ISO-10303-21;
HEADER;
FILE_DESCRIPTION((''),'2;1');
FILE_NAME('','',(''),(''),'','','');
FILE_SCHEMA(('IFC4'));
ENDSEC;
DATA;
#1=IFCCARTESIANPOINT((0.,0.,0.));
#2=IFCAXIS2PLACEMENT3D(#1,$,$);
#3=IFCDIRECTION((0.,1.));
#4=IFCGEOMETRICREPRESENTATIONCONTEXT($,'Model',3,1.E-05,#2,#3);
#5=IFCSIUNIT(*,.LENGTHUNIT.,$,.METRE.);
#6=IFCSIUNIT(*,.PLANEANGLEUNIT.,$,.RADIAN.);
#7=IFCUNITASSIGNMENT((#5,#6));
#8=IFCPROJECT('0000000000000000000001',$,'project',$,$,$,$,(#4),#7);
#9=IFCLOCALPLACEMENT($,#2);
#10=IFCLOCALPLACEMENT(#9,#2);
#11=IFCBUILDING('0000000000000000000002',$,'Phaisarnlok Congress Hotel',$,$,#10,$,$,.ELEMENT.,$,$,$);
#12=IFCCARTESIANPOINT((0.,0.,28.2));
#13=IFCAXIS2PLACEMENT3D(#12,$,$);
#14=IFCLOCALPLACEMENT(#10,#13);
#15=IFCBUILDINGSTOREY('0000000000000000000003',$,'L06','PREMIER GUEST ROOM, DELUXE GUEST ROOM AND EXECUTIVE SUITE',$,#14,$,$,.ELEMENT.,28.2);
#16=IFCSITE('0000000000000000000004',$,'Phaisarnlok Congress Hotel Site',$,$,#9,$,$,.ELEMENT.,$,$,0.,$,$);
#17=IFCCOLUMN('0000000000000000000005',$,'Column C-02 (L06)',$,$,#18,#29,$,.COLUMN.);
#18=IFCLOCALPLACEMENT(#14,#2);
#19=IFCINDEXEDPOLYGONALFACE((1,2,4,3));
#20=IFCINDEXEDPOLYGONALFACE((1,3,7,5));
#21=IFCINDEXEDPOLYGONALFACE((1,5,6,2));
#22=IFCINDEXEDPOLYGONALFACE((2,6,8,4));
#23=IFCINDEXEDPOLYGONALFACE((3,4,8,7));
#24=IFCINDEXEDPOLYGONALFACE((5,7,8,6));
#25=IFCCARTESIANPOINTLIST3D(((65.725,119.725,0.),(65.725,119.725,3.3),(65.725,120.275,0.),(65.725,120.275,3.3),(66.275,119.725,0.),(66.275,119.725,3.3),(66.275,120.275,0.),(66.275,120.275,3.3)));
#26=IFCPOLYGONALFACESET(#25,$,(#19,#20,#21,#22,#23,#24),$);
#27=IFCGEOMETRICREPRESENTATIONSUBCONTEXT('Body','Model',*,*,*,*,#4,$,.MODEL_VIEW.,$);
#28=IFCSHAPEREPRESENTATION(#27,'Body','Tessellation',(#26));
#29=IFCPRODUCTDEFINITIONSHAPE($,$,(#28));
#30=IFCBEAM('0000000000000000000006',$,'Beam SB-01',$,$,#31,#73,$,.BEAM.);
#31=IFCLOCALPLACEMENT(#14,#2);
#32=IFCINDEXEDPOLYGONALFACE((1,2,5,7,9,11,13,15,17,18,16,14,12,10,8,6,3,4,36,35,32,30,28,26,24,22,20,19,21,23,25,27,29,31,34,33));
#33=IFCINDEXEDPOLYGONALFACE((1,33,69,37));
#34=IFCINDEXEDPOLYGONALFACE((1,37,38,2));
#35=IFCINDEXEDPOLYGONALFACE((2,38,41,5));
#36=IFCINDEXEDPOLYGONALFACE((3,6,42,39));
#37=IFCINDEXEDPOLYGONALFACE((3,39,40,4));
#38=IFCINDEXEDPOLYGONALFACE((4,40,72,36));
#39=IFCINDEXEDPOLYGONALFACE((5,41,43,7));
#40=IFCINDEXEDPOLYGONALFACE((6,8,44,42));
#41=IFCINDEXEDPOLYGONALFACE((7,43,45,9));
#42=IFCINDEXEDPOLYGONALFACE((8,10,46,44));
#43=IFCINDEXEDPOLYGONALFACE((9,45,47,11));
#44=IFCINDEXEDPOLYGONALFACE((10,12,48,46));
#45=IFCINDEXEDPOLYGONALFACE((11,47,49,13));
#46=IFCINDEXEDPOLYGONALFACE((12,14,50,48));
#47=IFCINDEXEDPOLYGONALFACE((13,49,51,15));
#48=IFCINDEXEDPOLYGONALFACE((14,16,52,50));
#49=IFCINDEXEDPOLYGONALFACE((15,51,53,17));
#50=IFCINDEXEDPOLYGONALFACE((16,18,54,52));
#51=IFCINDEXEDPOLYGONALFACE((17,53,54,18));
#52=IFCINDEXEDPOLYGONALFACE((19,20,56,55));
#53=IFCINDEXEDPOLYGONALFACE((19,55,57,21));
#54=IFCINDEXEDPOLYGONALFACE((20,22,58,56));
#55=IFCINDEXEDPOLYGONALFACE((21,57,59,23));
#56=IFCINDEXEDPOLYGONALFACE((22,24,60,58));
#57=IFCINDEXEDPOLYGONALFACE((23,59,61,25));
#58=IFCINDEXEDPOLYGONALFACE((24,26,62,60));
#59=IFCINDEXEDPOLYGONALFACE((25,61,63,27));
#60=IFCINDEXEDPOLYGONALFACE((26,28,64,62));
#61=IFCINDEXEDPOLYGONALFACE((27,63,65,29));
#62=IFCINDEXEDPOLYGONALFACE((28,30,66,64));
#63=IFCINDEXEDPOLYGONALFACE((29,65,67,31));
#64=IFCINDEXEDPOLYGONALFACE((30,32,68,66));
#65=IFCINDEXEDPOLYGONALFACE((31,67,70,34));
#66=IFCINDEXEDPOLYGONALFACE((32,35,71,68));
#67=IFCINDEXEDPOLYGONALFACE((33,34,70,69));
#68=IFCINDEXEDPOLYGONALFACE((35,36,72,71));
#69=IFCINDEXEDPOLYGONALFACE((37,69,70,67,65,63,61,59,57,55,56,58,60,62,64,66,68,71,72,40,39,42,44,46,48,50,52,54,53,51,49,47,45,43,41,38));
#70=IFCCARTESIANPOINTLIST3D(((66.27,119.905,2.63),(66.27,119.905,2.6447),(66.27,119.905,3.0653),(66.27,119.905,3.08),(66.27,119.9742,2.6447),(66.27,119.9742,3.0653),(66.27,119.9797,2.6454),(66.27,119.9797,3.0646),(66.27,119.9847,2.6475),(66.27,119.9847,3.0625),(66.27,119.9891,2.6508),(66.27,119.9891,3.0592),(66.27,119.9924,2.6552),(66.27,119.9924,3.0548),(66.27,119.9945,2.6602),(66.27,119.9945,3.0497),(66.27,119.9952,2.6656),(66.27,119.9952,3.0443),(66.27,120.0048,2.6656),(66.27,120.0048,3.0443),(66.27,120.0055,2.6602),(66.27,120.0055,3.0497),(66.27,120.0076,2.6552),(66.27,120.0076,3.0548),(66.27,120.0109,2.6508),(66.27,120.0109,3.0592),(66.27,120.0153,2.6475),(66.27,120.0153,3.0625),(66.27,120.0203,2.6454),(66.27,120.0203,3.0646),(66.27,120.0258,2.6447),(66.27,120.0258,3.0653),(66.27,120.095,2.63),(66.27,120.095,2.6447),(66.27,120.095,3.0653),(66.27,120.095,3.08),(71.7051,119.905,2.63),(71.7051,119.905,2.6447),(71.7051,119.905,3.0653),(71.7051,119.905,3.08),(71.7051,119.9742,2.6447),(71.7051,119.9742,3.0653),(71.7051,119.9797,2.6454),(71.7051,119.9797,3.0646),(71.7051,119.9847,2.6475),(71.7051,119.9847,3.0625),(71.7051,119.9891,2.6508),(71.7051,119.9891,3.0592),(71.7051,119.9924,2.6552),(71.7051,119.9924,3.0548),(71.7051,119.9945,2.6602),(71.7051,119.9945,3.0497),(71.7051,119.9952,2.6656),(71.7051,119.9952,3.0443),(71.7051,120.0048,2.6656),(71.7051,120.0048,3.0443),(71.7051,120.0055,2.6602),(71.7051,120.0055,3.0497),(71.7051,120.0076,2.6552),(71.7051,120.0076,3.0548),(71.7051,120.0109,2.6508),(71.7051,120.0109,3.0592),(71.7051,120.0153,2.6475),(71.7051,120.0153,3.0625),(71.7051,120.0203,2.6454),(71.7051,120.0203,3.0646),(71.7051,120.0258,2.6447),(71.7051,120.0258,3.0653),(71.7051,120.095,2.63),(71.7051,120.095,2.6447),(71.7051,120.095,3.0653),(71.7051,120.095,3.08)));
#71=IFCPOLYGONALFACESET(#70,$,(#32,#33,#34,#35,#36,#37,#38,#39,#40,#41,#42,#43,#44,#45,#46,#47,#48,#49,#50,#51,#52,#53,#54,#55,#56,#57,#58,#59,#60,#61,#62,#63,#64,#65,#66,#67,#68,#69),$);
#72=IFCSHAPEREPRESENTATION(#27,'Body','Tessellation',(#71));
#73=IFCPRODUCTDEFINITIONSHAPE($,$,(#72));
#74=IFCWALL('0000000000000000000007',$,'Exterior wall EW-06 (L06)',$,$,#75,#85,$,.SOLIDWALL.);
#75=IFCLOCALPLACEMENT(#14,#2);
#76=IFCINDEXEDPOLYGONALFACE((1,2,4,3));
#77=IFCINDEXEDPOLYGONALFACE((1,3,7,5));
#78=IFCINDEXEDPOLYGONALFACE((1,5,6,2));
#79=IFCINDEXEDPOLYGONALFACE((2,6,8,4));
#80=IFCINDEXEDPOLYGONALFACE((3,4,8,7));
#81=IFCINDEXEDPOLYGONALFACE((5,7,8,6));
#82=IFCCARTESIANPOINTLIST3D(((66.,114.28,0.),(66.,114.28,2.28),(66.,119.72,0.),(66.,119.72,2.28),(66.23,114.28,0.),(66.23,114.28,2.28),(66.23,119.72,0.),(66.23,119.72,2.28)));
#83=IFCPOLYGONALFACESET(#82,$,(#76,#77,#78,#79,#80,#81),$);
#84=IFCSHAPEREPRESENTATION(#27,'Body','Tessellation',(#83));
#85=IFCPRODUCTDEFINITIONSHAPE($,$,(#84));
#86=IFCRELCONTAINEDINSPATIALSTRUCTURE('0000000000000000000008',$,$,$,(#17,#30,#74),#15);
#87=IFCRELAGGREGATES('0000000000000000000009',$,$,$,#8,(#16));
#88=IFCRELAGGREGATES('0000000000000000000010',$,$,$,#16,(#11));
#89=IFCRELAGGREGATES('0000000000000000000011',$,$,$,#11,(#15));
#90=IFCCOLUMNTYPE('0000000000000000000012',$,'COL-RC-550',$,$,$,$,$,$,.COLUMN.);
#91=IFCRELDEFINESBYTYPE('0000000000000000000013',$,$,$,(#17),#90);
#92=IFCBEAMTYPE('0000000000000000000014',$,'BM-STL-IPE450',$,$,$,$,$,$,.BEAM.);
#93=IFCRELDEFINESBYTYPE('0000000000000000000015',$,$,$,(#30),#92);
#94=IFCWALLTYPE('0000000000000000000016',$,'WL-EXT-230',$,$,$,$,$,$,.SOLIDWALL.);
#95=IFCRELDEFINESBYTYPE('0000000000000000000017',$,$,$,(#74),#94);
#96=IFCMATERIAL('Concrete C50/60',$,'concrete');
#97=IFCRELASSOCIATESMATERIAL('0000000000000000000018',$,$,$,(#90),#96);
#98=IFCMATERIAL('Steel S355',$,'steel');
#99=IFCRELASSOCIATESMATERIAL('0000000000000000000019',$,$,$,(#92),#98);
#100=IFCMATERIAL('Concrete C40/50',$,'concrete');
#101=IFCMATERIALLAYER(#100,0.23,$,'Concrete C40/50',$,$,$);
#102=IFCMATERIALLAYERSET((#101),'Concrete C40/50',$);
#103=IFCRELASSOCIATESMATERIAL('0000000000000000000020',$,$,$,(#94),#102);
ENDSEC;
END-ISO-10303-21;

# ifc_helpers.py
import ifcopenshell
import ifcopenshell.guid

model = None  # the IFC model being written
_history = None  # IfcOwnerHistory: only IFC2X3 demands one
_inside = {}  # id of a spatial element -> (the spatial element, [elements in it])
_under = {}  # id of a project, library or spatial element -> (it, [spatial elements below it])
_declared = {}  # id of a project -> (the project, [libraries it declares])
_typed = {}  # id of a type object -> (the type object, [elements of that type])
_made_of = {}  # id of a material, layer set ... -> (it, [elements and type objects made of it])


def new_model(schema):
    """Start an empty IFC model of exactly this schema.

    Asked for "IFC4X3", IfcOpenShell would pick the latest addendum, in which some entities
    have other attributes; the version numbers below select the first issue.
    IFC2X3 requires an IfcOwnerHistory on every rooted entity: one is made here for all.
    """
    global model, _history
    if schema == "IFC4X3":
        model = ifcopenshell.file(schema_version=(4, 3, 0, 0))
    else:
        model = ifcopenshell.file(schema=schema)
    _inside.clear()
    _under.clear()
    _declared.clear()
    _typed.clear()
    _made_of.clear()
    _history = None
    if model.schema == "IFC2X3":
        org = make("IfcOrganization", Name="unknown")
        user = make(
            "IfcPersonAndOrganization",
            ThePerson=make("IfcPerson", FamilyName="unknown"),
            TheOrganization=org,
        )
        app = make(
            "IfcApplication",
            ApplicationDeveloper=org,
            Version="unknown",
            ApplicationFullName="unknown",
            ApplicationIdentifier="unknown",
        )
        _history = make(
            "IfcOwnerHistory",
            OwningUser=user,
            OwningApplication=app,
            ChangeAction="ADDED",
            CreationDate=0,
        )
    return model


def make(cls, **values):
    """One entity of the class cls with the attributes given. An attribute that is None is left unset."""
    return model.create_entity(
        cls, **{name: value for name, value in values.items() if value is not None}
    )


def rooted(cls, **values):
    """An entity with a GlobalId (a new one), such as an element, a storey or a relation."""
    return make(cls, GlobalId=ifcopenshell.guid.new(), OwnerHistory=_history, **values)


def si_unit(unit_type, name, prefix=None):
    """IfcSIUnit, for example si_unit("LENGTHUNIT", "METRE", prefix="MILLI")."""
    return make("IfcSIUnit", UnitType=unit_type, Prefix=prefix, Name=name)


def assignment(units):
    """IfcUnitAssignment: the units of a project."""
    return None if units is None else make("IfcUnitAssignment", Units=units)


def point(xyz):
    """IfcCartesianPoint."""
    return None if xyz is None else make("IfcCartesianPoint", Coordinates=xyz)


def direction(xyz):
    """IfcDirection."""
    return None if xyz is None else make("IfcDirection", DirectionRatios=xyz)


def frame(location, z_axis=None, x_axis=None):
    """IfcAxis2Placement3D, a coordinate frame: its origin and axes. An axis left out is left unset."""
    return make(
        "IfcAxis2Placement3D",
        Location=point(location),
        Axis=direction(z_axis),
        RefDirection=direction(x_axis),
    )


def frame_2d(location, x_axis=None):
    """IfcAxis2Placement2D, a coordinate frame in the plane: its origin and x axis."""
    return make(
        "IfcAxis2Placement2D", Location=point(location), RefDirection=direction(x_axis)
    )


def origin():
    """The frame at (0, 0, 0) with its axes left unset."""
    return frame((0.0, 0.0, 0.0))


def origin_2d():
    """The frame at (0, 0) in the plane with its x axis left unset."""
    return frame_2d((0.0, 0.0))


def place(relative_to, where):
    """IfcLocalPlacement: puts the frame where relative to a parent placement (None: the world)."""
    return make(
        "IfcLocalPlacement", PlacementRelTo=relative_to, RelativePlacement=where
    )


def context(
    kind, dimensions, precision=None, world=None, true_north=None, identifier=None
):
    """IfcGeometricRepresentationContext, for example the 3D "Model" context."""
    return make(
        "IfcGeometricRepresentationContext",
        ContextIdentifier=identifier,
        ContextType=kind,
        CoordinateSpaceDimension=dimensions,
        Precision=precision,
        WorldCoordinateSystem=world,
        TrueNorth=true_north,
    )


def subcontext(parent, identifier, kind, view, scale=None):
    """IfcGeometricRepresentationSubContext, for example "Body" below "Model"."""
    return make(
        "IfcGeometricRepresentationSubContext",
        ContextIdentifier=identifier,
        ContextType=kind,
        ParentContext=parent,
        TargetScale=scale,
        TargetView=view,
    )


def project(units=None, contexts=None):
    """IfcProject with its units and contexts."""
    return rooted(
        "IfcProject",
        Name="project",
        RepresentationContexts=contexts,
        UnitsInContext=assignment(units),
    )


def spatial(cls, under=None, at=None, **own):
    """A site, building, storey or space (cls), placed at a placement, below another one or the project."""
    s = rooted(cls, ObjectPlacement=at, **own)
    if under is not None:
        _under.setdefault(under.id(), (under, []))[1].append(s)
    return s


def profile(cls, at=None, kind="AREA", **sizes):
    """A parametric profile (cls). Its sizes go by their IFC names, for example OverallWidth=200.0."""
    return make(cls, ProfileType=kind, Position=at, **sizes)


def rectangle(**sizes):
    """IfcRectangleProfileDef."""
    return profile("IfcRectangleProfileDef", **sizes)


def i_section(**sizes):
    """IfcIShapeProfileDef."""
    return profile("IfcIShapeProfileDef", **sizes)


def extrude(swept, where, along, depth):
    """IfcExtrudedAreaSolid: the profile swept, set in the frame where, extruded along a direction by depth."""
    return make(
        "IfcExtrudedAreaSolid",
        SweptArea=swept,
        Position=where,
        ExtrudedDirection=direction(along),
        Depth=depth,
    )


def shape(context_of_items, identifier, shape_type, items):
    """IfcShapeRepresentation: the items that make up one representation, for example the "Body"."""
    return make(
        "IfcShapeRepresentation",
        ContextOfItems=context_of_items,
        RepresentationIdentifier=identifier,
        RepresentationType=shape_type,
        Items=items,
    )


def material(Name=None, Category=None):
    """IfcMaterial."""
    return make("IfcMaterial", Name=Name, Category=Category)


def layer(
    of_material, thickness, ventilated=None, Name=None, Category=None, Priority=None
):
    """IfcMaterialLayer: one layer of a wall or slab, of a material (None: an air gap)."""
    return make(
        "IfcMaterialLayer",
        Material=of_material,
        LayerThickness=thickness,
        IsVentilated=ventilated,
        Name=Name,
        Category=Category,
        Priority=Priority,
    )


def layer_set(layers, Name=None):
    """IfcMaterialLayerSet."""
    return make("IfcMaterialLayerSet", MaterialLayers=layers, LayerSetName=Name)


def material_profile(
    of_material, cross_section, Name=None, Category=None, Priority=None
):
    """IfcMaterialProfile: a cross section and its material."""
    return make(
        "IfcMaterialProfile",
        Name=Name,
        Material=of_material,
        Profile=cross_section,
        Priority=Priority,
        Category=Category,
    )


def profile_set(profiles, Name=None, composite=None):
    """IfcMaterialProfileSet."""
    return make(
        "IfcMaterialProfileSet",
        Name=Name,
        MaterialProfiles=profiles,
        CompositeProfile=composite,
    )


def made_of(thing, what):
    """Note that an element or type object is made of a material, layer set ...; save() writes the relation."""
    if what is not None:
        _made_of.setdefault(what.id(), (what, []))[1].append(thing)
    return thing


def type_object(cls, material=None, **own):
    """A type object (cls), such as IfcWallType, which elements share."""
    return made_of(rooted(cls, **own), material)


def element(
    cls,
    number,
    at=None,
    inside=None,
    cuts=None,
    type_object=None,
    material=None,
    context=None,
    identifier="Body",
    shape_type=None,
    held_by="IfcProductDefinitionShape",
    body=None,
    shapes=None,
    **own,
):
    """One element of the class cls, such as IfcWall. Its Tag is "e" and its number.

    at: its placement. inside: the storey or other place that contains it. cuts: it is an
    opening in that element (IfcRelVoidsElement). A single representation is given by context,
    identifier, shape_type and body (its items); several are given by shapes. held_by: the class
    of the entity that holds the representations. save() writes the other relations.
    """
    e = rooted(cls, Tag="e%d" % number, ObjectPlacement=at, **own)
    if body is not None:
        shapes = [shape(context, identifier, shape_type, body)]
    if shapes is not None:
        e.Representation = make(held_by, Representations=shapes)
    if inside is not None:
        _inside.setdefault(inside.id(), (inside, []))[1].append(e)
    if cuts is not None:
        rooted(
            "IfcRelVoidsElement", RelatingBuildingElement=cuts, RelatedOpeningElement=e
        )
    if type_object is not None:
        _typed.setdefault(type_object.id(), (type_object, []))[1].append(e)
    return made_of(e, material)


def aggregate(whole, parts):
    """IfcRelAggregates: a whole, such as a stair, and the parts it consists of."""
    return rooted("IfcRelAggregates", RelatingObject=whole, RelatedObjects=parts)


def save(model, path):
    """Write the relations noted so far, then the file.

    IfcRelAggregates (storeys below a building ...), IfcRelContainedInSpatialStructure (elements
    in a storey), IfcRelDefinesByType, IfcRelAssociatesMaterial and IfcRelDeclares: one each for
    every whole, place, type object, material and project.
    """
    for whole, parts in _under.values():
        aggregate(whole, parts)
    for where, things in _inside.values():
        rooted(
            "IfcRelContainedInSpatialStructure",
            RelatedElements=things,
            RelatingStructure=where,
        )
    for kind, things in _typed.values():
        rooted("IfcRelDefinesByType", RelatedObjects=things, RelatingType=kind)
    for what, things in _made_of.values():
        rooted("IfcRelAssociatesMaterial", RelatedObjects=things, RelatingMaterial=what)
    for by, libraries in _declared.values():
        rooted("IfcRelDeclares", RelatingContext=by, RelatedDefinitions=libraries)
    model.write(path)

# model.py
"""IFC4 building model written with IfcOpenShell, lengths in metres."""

from ifc_helpers import new_model, si_unit, direction, frame, frame_2d, origin, origin_2d, place, context, subcontext, project, spatial, rectangle, i_section, extrude, material, layer, layer_set, material_profile, profile_set, type_object, element, save


model = new_model("IFC4")

# Units and contexts
model_context = context("Model", 3, precision=1e-05, world=origin(), true_north=direction((0.0, 1.0)))
body_context = subcontext(model_context, "Body", "Model", "MODEL_VIEW")
ifc_project = project(units=[si_unit("LENGTHUNIT", "METRE"), si_unit("PLANEANGLEUNIT", "RADIAN")], contexts=[model_context])

# Site, building, storey
site_placement = place(None, origin())
site = spatial("IfcSite", under=ifc_project, at=site_placement, Name="Phaisarnlok Congress Hotel Site", CompositionType="ELEMENT", RefElevation=0.0)
building_placement = place(site_placement, origin())
building = spatial("IfcBuilding", under=site, at=building_placement, Name="Phaisarnlok Congress Hotel", CompositionType="ELEMENT")
storey_placement = place(building_placement, frame((0.0, 0.0, 28.2)))
storey = spatial("IfcBuildingStorey", under=building, at=storey_placement, Name="L06", Description="PREMIER GUEST ROOM, DELUXE GUEST ROOM AND EXECUTIVE SUITE", CompositionType="ELEMENT", Elevation=28.2)

# Column
ifc_material_1 = material(Name="Concrete C50/60", Category="concrete")
ifc_material_profile_1 = material_profile(ifc_material_1, rectangle(XDim=0.55, YDim=0.55, at=origin_2d()), Name="RC 550x550")
ifc_profile_set_1 = profile_set([ifc_material_profile_1], Name="Concrete C50/60")
column_type = type_object("IfcColumnType", Name="COL-RC-550", PredefinedType="COLUMN", material=ifc_profile_set_1)
column_placement = place(storey_placement, frame((66.0, 120.0, 0.0), z_axis=(0.0, 0.0, 1.0), x_axis=(1.0, 0.0, 0.0)))
element("IfcColumn", 1, at=column_placement, inside=storey, type_object=column_type, Name="Column C-02 (L06)", PredefinedType="COLUMN", context=body_context, shape_type="SweptSolid", body=[
    extrude(rectangle(XDim=0.55, YDim=0.55, at=origin_2d()), origin(), (0.0, 0.0, 1.0), 3.3),
])

# Beam
ifc_material_2 = material(Name="Steel S355", Category="steel")
ifc_material_profile_2 = material_profile(ifc_material_2, i_section(OverallWidth=0.1899, OverallDepth=0.45, WebThickness=0.0095, FlangeThickness=0.0146, FilletRadius=0.021, at=origin_2d()), Name="IPE 450")
ifc_profile_set_2 = profile_set([ifc_material_profile_2], Name="Steel S355")
beam_type = type_object("IfcBeamType", Name="BM-STL-IPE450", PredefinedType="BEAM", material=ifc_profile_set_2)
beam_placement = place(storey_placement, frame((66.27, 120.0, 2.855), z_axis=(1.0, 0.0, 0.0), x_axis=(0.0, 1.0, 0.0)))
element("IfcBeam", 2, at=beam_placement, inside=storey, type_object=beam_type, Name="Beam SB-01", PredefinedType="BEAM", context=body_context, shape_type="SweptSolid", body=[
    extrude(i_section(OverallWidth=0.1899, OverallDepth=0.45, WebThickness=0.0095, FlangeThickness=0.0146, FilletRadius=0.021, at=origin_2d()), origin(), (0.0, 0.0, 1.0), 5.4351),
])

# Wall
ifc_material_3 = material(Name="Concrete C40/50", Category="concrete")
ifc_layer = layer(ifc_material_3, 0.23, Name="Concrete C40/50")
ifc_layer_set = layer_set([ifc_layer], Name="Concrete C40/50")
wall_type = type_object("IfcWallType", Name="WL-EXT-230", PredefinedType="SOLIDWALL", material=ifc_layer_set)
wall_placement = place(storey_placement, frame((66.115, 119.72, 0.0), z_axis=(0.0, 0.0, 1.0), x_axis=(0.0, -1.0, 0.0)))
element("IfcWall", 3, at=wall_placement, inside=storey, type_object=wall_type, Name="Exterior wall EW-06 (L06)", PredefinedType="SOLIDWALL", context=body_context, shape_type="SweptSolid", body=[
    extrude(rectangle(XDim=5.4399, YDim=0.23, at=frame_2d((2.72, 0.0))), origin(), (0.0, 0.0, 1.0), 2.28),
])

save(model, "model.ifc")
